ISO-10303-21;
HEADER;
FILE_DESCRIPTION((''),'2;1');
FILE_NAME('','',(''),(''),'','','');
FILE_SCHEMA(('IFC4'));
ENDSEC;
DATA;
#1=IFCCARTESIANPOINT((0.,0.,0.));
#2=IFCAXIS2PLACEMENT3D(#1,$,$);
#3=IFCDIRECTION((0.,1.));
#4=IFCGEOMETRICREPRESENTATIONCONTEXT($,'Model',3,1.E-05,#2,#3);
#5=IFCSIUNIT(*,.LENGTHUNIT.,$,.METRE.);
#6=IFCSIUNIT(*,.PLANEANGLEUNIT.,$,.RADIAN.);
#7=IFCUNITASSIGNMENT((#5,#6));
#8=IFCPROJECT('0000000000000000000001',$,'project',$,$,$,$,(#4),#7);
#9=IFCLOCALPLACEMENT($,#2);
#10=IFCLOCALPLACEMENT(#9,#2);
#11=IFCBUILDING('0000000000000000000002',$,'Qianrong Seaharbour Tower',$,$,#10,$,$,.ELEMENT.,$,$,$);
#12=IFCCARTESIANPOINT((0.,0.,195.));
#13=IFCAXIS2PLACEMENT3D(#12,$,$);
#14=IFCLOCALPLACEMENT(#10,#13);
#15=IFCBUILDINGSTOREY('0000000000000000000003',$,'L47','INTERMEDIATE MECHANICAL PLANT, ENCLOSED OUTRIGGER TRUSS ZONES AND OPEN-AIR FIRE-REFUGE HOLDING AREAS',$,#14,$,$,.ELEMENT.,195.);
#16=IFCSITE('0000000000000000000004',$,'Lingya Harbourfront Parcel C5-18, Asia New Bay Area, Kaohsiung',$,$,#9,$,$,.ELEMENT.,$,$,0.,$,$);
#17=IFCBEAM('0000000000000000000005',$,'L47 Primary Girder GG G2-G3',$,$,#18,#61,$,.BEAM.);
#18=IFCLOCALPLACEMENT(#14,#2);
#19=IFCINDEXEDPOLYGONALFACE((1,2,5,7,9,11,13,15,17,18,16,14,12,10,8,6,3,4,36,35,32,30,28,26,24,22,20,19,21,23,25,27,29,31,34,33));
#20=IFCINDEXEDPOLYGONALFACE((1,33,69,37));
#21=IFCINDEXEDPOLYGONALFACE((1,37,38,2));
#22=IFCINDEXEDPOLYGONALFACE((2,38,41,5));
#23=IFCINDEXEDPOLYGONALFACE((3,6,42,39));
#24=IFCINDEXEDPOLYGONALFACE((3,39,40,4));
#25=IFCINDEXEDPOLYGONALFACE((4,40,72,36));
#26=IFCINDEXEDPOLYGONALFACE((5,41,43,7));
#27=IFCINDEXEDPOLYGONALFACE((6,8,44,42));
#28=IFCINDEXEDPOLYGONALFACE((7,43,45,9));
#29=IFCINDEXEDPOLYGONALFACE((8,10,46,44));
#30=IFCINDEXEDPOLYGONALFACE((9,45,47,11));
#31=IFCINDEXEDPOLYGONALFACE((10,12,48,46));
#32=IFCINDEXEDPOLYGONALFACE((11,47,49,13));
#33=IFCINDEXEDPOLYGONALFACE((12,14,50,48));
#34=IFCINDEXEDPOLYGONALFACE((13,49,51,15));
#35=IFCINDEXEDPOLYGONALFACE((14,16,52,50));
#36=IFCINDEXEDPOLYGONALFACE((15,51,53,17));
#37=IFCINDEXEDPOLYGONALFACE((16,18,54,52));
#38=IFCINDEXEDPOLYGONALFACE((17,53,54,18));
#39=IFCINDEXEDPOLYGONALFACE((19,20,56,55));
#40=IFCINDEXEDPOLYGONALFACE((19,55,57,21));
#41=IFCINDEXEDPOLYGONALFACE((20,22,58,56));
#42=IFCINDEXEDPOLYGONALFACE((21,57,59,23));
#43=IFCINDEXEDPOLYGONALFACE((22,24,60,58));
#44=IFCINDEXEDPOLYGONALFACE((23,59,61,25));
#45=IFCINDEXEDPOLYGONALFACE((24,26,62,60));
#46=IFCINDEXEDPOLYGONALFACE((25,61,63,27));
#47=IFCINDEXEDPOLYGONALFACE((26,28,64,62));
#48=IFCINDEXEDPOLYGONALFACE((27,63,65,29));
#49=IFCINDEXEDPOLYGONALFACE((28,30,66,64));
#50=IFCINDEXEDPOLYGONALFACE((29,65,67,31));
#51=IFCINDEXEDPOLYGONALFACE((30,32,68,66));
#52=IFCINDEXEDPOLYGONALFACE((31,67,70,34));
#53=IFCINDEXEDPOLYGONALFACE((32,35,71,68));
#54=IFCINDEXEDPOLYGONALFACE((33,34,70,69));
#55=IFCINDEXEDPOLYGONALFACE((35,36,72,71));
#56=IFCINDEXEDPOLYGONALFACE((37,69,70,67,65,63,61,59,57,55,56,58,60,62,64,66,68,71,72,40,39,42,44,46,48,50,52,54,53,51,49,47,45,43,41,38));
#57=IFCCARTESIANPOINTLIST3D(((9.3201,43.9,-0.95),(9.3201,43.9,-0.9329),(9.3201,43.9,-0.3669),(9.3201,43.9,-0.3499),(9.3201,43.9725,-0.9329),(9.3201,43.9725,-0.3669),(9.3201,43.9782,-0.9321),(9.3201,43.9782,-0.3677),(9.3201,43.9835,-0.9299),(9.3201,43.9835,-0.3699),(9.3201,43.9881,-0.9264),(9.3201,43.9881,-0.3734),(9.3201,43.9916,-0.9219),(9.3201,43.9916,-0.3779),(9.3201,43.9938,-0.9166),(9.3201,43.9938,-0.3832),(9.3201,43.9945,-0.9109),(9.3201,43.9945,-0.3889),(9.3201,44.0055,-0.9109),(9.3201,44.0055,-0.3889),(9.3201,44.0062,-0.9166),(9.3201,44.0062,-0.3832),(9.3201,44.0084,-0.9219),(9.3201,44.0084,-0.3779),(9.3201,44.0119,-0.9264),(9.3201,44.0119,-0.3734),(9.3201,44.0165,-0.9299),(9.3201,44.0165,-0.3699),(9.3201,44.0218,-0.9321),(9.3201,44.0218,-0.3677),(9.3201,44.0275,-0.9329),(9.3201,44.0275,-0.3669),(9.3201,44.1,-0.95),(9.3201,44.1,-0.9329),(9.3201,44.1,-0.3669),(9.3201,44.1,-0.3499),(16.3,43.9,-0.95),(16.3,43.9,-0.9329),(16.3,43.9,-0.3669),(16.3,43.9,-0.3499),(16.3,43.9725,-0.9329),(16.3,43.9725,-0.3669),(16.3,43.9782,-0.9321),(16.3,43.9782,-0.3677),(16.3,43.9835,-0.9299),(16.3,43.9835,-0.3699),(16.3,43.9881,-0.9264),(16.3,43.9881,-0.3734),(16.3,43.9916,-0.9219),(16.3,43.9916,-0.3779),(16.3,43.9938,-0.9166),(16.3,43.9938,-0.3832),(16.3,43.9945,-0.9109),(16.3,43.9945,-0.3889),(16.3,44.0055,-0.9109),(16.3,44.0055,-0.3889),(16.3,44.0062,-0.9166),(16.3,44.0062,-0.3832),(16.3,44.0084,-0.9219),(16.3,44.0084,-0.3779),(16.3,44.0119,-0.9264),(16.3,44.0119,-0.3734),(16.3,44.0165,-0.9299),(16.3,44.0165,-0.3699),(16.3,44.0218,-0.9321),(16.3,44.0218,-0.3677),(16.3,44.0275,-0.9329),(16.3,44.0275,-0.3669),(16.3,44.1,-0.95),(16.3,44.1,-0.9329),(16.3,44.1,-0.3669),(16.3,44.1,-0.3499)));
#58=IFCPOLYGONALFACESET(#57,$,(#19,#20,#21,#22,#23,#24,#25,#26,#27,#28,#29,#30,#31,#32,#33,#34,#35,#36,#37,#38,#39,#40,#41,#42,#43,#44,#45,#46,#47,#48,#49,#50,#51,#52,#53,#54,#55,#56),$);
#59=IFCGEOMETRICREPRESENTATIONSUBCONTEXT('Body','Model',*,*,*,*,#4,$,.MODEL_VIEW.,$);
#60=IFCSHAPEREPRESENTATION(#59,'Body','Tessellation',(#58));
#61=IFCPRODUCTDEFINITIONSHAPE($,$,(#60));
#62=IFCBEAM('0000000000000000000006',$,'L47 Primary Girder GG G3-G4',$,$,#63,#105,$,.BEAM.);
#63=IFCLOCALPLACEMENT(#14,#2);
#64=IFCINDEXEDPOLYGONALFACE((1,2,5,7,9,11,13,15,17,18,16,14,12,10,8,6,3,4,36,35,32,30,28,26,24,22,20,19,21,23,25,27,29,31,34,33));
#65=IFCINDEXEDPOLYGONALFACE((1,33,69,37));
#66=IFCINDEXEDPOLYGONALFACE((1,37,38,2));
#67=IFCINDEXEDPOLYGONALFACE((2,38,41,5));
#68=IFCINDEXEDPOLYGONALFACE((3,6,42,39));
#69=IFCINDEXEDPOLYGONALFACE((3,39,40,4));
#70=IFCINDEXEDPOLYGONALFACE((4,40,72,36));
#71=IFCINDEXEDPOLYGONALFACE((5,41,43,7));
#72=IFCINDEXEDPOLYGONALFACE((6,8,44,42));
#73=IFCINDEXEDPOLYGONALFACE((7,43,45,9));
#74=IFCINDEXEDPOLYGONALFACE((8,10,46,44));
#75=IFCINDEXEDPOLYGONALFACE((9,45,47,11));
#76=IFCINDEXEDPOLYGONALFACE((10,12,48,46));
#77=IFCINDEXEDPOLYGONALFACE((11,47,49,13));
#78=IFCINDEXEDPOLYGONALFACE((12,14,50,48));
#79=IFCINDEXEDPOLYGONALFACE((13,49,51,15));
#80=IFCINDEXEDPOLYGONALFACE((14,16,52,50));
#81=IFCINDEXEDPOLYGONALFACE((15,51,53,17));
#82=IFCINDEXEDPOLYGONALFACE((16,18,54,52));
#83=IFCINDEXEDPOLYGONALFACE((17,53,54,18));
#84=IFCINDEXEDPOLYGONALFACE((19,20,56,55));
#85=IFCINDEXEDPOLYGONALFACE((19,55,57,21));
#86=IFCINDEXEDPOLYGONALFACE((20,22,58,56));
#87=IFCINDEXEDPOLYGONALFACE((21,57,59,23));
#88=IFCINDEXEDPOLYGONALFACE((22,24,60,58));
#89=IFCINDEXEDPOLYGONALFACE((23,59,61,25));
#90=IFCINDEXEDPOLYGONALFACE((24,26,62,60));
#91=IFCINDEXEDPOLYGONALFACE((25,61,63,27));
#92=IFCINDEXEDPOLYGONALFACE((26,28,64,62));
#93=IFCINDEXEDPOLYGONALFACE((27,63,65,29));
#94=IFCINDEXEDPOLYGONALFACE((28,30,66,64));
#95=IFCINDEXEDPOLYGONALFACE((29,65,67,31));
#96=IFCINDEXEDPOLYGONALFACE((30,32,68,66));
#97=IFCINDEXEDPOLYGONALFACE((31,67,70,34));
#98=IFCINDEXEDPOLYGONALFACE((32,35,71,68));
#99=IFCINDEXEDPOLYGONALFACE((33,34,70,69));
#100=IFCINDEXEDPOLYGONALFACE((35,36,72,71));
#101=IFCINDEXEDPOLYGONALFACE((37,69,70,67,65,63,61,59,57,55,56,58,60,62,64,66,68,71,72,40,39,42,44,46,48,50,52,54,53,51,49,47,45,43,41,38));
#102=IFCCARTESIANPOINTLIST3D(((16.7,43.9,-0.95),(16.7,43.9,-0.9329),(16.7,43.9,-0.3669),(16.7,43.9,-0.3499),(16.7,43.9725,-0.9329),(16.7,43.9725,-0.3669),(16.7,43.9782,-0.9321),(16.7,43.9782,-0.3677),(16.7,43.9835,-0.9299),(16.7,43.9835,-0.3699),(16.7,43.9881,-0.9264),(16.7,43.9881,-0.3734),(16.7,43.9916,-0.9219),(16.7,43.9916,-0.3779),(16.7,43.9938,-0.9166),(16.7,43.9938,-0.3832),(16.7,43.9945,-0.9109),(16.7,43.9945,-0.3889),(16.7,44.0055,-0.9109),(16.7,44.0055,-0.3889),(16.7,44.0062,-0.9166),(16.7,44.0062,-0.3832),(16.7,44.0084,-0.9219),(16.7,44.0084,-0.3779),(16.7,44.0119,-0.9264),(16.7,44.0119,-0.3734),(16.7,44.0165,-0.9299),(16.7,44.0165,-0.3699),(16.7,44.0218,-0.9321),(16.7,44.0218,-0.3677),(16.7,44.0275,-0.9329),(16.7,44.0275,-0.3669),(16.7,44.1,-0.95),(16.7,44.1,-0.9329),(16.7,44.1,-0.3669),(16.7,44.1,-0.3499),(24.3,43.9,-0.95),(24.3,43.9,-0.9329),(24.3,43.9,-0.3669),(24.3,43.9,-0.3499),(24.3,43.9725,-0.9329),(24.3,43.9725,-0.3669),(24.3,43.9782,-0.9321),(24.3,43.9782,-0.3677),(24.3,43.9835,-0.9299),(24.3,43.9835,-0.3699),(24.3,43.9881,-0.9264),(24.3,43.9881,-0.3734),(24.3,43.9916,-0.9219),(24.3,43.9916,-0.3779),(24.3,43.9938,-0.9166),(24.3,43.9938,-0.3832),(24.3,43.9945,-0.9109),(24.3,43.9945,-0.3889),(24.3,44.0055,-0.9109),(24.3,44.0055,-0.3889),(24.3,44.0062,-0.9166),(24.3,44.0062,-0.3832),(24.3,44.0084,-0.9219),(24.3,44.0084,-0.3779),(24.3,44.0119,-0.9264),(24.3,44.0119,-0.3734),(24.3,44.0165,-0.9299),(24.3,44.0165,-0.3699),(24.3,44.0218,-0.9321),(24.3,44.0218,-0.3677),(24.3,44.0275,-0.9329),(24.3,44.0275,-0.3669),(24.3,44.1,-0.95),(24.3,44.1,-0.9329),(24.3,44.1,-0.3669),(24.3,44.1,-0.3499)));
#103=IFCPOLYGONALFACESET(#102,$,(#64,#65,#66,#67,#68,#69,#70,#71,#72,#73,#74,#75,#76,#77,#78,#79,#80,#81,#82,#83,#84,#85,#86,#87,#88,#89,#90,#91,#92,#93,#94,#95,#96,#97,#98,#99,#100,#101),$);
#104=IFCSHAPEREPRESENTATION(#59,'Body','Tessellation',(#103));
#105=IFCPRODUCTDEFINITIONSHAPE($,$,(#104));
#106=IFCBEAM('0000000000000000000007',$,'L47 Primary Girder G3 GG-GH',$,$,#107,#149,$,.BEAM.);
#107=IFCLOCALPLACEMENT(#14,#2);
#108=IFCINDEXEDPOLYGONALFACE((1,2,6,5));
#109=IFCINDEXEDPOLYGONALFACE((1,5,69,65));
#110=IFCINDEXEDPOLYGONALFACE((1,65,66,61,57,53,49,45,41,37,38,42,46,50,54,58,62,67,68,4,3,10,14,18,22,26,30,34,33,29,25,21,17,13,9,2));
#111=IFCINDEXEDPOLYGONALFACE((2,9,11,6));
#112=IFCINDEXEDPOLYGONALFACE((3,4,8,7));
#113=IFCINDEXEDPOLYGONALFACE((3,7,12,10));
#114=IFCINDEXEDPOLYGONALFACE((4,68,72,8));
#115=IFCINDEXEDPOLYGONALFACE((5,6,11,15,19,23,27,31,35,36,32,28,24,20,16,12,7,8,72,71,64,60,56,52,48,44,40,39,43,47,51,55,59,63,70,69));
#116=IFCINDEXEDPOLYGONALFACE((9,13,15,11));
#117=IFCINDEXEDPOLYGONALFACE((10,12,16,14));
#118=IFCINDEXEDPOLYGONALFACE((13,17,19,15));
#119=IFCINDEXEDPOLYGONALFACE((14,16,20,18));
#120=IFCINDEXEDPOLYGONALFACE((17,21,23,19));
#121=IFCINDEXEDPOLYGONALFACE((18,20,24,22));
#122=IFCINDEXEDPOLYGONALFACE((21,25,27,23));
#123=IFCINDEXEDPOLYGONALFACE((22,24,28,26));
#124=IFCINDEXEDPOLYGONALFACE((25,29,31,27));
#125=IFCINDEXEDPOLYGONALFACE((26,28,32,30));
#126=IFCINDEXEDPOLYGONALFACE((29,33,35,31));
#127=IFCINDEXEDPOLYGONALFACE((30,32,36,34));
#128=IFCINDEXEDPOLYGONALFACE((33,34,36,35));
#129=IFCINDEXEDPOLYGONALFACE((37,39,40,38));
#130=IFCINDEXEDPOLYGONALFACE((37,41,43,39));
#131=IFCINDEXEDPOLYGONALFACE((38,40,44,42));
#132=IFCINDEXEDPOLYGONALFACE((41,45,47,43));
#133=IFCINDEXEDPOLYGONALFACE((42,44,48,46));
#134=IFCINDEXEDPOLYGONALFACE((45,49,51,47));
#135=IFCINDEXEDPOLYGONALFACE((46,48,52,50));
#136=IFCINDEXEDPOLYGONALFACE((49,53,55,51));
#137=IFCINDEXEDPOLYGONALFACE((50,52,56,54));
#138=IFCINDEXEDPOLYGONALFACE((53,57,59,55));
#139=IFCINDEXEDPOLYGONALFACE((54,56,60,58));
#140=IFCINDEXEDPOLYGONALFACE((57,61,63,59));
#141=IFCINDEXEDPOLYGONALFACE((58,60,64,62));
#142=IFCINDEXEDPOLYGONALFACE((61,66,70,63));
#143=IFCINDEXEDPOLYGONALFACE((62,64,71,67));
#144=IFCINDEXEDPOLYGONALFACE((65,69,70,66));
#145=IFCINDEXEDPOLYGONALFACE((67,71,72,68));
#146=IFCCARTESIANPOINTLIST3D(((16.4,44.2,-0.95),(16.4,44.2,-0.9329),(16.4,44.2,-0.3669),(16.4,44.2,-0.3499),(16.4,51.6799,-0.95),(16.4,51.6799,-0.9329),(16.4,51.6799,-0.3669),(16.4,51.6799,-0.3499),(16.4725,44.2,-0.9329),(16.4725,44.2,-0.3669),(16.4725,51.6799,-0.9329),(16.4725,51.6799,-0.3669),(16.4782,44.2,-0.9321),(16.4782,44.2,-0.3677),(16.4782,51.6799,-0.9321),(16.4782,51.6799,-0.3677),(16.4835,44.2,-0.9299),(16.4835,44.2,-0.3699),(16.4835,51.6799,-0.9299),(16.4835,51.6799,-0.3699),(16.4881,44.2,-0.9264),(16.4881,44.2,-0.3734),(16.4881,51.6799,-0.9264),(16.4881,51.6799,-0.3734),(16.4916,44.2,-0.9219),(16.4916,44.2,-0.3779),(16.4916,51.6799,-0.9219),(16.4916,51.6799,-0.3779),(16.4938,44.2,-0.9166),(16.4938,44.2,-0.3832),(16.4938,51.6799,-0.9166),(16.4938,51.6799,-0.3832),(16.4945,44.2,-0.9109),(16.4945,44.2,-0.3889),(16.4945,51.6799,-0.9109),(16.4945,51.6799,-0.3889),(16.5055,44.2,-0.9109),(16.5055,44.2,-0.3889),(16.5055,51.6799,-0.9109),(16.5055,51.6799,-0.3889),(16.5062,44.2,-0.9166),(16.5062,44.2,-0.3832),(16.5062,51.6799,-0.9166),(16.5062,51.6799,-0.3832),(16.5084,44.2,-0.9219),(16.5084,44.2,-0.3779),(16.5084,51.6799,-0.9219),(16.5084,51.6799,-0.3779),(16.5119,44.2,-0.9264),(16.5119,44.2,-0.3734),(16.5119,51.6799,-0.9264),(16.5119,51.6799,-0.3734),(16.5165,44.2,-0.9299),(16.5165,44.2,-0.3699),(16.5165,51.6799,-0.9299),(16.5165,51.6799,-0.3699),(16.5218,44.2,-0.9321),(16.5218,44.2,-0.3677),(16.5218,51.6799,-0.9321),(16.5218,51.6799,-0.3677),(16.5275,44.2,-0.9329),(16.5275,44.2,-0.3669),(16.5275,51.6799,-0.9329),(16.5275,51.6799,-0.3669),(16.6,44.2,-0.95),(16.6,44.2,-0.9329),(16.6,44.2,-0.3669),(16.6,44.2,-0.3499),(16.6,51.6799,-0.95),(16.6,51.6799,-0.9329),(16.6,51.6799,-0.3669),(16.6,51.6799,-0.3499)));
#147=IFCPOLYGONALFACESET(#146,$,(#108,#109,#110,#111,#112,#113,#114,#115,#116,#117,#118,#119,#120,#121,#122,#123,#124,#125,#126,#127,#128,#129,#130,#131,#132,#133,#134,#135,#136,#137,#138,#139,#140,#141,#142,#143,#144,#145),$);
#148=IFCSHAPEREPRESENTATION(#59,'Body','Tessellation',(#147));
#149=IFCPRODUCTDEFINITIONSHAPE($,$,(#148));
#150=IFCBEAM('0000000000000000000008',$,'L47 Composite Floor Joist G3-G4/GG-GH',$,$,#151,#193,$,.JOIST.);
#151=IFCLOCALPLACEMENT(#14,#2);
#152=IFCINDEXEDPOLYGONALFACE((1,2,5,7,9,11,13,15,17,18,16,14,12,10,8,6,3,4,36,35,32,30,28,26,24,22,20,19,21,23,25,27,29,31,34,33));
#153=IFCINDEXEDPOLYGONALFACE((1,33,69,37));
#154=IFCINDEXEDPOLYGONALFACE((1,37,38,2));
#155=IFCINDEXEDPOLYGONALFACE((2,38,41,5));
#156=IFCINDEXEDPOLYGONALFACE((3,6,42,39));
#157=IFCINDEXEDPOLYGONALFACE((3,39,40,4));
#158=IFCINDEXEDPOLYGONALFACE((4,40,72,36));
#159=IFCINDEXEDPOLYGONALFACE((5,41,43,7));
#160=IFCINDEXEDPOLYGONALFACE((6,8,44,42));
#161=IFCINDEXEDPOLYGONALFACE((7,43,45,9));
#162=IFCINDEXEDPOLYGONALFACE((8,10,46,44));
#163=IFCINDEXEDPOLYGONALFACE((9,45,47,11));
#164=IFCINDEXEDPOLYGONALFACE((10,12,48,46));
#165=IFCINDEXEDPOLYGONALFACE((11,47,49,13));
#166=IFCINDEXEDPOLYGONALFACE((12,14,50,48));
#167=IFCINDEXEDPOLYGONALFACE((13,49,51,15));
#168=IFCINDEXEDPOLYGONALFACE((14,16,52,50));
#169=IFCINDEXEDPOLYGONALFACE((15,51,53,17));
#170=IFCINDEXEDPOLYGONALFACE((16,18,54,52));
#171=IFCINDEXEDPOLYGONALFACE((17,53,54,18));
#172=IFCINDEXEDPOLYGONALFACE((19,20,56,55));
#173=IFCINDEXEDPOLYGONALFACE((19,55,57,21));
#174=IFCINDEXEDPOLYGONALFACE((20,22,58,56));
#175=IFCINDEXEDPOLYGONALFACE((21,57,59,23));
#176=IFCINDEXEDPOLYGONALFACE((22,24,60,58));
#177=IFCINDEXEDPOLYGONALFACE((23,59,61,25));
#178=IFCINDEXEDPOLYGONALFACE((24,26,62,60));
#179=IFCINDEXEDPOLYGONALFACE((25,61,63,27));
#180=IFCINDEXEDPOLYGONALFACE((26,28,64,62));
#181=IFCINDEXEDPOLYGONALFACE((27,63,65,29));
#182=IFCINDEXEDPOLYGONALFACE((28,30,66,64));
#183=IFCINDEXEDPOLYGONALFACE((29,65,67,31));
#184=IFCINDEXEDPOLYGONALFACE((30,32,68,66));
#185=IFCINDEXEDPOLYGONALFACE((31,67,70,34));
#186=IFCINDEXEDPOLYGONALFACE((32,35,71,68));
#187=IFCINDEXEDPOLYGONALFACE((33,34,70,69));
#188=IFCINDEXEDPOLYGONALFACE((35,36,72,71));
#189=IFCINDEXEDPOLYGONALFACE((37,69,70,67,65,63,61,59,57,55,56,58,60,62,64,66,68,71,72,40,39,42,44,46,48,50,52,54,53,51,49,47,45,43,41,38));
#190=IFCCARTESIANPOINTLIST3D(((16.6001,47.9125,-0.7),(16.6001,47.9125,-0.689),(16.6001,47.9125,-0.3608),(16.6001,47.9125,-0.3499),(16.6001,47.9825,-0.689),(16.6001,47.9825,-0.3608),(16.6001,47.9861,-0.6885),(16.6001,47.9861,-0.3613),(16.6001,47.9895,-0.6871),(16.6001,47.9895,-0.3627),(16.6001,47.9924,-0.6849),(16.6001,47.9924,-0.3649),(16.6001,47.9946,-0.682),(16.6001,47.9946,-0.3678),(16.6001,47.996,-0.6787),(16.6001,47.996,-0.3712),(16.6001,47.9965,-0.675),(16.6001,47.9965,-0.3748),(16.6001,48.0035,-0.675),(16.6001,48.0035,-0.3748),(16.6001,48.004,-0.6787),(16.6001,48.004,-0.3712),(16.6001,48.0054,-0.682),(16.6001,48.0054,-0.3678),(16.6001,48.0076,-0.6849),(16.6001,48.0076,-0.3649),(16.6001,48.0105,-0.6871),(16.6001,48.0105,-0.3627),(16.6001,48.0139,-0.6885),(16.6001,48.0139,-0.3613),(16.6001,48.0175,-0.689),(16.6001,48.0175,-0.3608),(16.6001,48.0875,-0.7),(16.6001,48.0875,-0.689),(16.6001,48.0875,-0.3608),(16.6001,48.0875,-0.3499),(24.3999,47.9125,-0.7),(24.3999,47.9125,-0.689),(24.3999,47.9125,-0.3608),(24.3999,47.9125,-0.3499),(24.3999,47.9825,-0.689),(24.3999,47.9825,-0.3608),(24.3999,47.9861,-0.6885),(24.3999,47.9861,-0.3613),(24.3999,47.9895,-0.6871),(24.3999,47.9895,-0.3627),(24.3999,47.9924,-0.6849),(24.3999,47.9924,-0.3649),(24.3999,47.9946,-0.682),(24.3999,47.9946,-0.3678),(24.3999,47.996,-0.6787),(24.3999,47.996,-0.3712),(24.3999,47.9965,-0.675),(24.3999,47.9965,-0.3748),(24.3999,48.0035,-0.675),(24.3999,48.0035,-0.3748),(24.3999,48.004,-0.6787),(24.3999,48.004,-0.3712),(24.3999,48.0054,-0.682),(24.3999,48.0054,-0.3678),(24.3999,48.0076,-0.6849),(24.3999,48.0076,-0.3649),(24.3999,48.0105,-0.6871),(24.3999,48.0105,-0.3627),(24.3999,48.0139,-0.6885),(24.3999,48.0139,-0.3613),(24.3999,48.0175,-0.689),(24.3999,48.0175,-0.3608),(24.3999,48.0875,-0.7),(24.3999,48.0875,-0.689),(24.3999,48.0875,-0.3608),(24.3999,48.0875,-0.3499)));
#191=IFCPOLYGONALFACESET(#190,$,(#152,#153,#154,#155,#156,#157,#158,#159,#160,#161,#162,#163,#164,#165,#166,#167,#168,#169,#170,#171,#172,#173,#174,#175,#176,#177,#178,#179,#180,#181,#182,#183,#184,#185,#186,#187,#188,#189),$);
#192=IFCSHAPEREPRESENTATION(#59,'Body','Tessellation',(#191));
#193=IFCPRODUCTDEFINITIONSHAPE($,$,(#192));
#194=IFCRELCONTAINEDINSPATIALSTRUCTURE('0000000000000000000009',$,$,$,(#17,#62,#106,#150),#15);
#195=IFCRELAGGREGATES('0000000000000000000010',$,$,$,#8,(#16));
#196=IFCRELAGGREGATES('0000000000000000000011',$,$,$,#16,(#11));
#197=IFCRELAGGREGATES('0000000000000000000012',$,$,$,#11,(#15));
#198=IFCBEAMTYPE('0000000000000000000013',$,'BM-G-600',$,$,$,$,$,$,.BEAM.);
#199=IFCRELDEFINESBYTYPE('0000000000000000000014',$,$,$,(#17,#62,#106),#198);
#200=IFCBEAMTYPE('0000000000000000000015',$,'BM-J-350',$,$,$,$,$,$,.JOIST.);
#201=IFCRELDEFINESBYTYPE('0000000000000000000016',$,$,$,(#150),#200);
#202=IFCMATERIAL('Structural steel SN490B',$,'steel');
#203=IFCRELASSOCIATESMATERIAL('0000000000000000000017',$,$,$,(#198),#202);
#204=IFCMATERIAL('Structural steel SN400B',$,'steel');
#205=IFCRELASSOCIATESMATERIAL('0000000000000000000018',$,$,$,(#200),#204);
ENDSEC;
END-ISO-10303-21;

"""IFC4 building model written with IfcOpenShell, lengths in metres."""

from ifc_helpers import new_model, si_unit, direction, frame, origin, origin_2d, place, context, subcontext, project, spatial, i_section, extrude, material, material_profile, profile_set, type_object, element, save


model = new_model("IFC4")

# Units and contexts
model_context = context("Model", 3, precision=1e-05, world=origin(), true_north=direction((0.0, 1.0)))
body_context = subcontext(model_context, "Body", "Model", "MODEL_VIEW")
ifc_project = project(units=[si_unit("LENGTHUNIT", "METRE"), si_unit("PLANEANGLEUNIT", "RADIAN")], contexts=[model_context])

# Site, building, storey
site_placement = place(None, origin())
site = spatial("IfcSite", under=ifc_project, at=site_placement, Name="Lingya Harbourfront Parcel C5-18, Asia New Bay Area, Kaohsiung", CompositionType="ELEMENT", RefElevation=0.0)
building_placement = place(site_placement, origin())
building = spatial("IfcBuilding", under=site, at=building_placement, Name="Qianrong Seaharbour Tower", CompositionType="ELEMENT")
storey_placement = place(building_placement, frame((0.0, 0.0, 195.0)))
storey = spatial("IfcBuildingStorey", under=building, at=storey_placement, Name="L47", Description="INTERMEDIATE MECHANICAL PLANT, ENCLOSED OUTRIGGER TRUSS ZONES AND OPEN-AIR FIRE-REFUGE HOLDING AREAS", CompositionType="ELEMENT", Elevation=195.0)

# Shared definitions
ifc_material_1 = material(Name="Structural steel SN490B", Category="steel")

# Beams
ifc_material_profile_1 = material_profile(ifc_material_1, i_section(OverallWidth=0.2, OverallDepth=0.6001, WebThickness=0.011, FlangeThickness=0.0171, FilletRadius=0.022, at=origin_2d()), Name="H600x200x11x17")
ifc_profile_set_1 = profile_set([ifc_material_profile_1], Name="Structural steel SN490B")
beam_type_1 = type_object("IfcBeamType", Name="BM-G-600", PredefinedType="BEAM", material=ifc_profile_set_1)
beam_1_placement = place(storey_placement, frame((9.3201, 44.0, -0.6499), z_axis=(1.0, 0.0, 0.0), x_axis=(0.0, 1.0, 0.0)))
element("IfcBeam", 1, at=beam_1_placement, inside=storey, type_object=beam_type_1, Name="L47 Primary Girder GG G2-G3", PredefinedType="BEAM", context=body_context, shape_type="SweptSolid", body=[
    extrude(i_section(OverallWidth=0.2, OverallDepth=0.6001, WebThickness=0.011, FlangeThickness=0.0171, FilletRadius=0.022, at=origin_2d()), origin(), (0.0, 0.0, 1.0), 6.98),
])
beam_2_placement = place(storey_placement, frame((16.7, 44.0, -0.6499), z_axis=(1.0, 0.0, 0.0), x_axis=(0.0, 1.0, 0.0)))
element("IfcBeam", 2, at=beam_2_placement, inside=storey, type_object=beam_type_1, Name="L47 Primary Girder GG G3-G4", PredefinedType="BEAM", context=body_context, shape_type="SweptSolid", body=[
    extrude(i_section(OverallWidth=0.2, OverallDepth=0.6001, WebThickness=0.011, FlangeThickness=0.0171, FilletRadius=0.022, at=origin_2d()), origin(), (0.0, 0.0, 1.0), 7.6001),
])
beam_3_placement = place(storey_placement, frame((16.5, 44.2, -0.6499), z_axis=(0.0, 1.0, 0.0), x_axis=(-1.0, 0.0, 0.0)))
element("IfcBeam", 3, at=beam_3_placement, inside=storey, type_object=beam_type_1, Name="L47 Primary Girder G3 GG-GH", PredefinedType="BEAM", context=body_context, shape_type="SweptSolid", body=[
    extrude(i_section(OverallWidth=0.2, OverallDepth=0.6001, WebThickness=0.011, FlangeThickness=0.0171, FilletRadius=0.022, at=origin_2d()), origin(), (0.0, 0.0, 1.0), 7.48),
])
ifc_material_2 = material(Name="Structural steel SN400B", Category="steel")
ifc_material_profile_2 = material_profile(ifc_material_2, i_section(OverallWidth=0.175, OverallDepth=0.3501, WebThickness=0.0071, FlangeThickness=0.011, FilletRadius=0.0139, at=origin_2d()), Name="H350x175x7x11")
ifc_profile_set_2 = profile_set([ifc_material_profile_2], Name="Structural steel SN400B")
beam_type_2 = type_object("IfcBeamType", Name="BM-J-350", PredefinedType="JOIST", material=ifc_profile_set_2)
beam_4_placement = place(storey_placement, frame((16.6001, 48.0, -0.5249), z_axis=(1.0, 0.0, 0.0), x_axis=(0.0, 1.0, 0.0)))
element("IfcBeam", 4, at=beam_4_placement, inside=storey, type_object=beam_type_2, Name="L47 Composite Floor Joist G3-G4/GG-GH", PredefinedType="JOIST", context=body_context, shape_type="SweptSolid", body=[
    extrude(i_section(OverallWidth=0.175, OverallDepth=0.3501, WebThickness=0.0071, FlangeThickness=0.011, FilletRadius=0.0139, at=origin_2d()), origin(), (0.0, 0.0, 1.0), 7.7998),
])

save(model, "model.ifc")
